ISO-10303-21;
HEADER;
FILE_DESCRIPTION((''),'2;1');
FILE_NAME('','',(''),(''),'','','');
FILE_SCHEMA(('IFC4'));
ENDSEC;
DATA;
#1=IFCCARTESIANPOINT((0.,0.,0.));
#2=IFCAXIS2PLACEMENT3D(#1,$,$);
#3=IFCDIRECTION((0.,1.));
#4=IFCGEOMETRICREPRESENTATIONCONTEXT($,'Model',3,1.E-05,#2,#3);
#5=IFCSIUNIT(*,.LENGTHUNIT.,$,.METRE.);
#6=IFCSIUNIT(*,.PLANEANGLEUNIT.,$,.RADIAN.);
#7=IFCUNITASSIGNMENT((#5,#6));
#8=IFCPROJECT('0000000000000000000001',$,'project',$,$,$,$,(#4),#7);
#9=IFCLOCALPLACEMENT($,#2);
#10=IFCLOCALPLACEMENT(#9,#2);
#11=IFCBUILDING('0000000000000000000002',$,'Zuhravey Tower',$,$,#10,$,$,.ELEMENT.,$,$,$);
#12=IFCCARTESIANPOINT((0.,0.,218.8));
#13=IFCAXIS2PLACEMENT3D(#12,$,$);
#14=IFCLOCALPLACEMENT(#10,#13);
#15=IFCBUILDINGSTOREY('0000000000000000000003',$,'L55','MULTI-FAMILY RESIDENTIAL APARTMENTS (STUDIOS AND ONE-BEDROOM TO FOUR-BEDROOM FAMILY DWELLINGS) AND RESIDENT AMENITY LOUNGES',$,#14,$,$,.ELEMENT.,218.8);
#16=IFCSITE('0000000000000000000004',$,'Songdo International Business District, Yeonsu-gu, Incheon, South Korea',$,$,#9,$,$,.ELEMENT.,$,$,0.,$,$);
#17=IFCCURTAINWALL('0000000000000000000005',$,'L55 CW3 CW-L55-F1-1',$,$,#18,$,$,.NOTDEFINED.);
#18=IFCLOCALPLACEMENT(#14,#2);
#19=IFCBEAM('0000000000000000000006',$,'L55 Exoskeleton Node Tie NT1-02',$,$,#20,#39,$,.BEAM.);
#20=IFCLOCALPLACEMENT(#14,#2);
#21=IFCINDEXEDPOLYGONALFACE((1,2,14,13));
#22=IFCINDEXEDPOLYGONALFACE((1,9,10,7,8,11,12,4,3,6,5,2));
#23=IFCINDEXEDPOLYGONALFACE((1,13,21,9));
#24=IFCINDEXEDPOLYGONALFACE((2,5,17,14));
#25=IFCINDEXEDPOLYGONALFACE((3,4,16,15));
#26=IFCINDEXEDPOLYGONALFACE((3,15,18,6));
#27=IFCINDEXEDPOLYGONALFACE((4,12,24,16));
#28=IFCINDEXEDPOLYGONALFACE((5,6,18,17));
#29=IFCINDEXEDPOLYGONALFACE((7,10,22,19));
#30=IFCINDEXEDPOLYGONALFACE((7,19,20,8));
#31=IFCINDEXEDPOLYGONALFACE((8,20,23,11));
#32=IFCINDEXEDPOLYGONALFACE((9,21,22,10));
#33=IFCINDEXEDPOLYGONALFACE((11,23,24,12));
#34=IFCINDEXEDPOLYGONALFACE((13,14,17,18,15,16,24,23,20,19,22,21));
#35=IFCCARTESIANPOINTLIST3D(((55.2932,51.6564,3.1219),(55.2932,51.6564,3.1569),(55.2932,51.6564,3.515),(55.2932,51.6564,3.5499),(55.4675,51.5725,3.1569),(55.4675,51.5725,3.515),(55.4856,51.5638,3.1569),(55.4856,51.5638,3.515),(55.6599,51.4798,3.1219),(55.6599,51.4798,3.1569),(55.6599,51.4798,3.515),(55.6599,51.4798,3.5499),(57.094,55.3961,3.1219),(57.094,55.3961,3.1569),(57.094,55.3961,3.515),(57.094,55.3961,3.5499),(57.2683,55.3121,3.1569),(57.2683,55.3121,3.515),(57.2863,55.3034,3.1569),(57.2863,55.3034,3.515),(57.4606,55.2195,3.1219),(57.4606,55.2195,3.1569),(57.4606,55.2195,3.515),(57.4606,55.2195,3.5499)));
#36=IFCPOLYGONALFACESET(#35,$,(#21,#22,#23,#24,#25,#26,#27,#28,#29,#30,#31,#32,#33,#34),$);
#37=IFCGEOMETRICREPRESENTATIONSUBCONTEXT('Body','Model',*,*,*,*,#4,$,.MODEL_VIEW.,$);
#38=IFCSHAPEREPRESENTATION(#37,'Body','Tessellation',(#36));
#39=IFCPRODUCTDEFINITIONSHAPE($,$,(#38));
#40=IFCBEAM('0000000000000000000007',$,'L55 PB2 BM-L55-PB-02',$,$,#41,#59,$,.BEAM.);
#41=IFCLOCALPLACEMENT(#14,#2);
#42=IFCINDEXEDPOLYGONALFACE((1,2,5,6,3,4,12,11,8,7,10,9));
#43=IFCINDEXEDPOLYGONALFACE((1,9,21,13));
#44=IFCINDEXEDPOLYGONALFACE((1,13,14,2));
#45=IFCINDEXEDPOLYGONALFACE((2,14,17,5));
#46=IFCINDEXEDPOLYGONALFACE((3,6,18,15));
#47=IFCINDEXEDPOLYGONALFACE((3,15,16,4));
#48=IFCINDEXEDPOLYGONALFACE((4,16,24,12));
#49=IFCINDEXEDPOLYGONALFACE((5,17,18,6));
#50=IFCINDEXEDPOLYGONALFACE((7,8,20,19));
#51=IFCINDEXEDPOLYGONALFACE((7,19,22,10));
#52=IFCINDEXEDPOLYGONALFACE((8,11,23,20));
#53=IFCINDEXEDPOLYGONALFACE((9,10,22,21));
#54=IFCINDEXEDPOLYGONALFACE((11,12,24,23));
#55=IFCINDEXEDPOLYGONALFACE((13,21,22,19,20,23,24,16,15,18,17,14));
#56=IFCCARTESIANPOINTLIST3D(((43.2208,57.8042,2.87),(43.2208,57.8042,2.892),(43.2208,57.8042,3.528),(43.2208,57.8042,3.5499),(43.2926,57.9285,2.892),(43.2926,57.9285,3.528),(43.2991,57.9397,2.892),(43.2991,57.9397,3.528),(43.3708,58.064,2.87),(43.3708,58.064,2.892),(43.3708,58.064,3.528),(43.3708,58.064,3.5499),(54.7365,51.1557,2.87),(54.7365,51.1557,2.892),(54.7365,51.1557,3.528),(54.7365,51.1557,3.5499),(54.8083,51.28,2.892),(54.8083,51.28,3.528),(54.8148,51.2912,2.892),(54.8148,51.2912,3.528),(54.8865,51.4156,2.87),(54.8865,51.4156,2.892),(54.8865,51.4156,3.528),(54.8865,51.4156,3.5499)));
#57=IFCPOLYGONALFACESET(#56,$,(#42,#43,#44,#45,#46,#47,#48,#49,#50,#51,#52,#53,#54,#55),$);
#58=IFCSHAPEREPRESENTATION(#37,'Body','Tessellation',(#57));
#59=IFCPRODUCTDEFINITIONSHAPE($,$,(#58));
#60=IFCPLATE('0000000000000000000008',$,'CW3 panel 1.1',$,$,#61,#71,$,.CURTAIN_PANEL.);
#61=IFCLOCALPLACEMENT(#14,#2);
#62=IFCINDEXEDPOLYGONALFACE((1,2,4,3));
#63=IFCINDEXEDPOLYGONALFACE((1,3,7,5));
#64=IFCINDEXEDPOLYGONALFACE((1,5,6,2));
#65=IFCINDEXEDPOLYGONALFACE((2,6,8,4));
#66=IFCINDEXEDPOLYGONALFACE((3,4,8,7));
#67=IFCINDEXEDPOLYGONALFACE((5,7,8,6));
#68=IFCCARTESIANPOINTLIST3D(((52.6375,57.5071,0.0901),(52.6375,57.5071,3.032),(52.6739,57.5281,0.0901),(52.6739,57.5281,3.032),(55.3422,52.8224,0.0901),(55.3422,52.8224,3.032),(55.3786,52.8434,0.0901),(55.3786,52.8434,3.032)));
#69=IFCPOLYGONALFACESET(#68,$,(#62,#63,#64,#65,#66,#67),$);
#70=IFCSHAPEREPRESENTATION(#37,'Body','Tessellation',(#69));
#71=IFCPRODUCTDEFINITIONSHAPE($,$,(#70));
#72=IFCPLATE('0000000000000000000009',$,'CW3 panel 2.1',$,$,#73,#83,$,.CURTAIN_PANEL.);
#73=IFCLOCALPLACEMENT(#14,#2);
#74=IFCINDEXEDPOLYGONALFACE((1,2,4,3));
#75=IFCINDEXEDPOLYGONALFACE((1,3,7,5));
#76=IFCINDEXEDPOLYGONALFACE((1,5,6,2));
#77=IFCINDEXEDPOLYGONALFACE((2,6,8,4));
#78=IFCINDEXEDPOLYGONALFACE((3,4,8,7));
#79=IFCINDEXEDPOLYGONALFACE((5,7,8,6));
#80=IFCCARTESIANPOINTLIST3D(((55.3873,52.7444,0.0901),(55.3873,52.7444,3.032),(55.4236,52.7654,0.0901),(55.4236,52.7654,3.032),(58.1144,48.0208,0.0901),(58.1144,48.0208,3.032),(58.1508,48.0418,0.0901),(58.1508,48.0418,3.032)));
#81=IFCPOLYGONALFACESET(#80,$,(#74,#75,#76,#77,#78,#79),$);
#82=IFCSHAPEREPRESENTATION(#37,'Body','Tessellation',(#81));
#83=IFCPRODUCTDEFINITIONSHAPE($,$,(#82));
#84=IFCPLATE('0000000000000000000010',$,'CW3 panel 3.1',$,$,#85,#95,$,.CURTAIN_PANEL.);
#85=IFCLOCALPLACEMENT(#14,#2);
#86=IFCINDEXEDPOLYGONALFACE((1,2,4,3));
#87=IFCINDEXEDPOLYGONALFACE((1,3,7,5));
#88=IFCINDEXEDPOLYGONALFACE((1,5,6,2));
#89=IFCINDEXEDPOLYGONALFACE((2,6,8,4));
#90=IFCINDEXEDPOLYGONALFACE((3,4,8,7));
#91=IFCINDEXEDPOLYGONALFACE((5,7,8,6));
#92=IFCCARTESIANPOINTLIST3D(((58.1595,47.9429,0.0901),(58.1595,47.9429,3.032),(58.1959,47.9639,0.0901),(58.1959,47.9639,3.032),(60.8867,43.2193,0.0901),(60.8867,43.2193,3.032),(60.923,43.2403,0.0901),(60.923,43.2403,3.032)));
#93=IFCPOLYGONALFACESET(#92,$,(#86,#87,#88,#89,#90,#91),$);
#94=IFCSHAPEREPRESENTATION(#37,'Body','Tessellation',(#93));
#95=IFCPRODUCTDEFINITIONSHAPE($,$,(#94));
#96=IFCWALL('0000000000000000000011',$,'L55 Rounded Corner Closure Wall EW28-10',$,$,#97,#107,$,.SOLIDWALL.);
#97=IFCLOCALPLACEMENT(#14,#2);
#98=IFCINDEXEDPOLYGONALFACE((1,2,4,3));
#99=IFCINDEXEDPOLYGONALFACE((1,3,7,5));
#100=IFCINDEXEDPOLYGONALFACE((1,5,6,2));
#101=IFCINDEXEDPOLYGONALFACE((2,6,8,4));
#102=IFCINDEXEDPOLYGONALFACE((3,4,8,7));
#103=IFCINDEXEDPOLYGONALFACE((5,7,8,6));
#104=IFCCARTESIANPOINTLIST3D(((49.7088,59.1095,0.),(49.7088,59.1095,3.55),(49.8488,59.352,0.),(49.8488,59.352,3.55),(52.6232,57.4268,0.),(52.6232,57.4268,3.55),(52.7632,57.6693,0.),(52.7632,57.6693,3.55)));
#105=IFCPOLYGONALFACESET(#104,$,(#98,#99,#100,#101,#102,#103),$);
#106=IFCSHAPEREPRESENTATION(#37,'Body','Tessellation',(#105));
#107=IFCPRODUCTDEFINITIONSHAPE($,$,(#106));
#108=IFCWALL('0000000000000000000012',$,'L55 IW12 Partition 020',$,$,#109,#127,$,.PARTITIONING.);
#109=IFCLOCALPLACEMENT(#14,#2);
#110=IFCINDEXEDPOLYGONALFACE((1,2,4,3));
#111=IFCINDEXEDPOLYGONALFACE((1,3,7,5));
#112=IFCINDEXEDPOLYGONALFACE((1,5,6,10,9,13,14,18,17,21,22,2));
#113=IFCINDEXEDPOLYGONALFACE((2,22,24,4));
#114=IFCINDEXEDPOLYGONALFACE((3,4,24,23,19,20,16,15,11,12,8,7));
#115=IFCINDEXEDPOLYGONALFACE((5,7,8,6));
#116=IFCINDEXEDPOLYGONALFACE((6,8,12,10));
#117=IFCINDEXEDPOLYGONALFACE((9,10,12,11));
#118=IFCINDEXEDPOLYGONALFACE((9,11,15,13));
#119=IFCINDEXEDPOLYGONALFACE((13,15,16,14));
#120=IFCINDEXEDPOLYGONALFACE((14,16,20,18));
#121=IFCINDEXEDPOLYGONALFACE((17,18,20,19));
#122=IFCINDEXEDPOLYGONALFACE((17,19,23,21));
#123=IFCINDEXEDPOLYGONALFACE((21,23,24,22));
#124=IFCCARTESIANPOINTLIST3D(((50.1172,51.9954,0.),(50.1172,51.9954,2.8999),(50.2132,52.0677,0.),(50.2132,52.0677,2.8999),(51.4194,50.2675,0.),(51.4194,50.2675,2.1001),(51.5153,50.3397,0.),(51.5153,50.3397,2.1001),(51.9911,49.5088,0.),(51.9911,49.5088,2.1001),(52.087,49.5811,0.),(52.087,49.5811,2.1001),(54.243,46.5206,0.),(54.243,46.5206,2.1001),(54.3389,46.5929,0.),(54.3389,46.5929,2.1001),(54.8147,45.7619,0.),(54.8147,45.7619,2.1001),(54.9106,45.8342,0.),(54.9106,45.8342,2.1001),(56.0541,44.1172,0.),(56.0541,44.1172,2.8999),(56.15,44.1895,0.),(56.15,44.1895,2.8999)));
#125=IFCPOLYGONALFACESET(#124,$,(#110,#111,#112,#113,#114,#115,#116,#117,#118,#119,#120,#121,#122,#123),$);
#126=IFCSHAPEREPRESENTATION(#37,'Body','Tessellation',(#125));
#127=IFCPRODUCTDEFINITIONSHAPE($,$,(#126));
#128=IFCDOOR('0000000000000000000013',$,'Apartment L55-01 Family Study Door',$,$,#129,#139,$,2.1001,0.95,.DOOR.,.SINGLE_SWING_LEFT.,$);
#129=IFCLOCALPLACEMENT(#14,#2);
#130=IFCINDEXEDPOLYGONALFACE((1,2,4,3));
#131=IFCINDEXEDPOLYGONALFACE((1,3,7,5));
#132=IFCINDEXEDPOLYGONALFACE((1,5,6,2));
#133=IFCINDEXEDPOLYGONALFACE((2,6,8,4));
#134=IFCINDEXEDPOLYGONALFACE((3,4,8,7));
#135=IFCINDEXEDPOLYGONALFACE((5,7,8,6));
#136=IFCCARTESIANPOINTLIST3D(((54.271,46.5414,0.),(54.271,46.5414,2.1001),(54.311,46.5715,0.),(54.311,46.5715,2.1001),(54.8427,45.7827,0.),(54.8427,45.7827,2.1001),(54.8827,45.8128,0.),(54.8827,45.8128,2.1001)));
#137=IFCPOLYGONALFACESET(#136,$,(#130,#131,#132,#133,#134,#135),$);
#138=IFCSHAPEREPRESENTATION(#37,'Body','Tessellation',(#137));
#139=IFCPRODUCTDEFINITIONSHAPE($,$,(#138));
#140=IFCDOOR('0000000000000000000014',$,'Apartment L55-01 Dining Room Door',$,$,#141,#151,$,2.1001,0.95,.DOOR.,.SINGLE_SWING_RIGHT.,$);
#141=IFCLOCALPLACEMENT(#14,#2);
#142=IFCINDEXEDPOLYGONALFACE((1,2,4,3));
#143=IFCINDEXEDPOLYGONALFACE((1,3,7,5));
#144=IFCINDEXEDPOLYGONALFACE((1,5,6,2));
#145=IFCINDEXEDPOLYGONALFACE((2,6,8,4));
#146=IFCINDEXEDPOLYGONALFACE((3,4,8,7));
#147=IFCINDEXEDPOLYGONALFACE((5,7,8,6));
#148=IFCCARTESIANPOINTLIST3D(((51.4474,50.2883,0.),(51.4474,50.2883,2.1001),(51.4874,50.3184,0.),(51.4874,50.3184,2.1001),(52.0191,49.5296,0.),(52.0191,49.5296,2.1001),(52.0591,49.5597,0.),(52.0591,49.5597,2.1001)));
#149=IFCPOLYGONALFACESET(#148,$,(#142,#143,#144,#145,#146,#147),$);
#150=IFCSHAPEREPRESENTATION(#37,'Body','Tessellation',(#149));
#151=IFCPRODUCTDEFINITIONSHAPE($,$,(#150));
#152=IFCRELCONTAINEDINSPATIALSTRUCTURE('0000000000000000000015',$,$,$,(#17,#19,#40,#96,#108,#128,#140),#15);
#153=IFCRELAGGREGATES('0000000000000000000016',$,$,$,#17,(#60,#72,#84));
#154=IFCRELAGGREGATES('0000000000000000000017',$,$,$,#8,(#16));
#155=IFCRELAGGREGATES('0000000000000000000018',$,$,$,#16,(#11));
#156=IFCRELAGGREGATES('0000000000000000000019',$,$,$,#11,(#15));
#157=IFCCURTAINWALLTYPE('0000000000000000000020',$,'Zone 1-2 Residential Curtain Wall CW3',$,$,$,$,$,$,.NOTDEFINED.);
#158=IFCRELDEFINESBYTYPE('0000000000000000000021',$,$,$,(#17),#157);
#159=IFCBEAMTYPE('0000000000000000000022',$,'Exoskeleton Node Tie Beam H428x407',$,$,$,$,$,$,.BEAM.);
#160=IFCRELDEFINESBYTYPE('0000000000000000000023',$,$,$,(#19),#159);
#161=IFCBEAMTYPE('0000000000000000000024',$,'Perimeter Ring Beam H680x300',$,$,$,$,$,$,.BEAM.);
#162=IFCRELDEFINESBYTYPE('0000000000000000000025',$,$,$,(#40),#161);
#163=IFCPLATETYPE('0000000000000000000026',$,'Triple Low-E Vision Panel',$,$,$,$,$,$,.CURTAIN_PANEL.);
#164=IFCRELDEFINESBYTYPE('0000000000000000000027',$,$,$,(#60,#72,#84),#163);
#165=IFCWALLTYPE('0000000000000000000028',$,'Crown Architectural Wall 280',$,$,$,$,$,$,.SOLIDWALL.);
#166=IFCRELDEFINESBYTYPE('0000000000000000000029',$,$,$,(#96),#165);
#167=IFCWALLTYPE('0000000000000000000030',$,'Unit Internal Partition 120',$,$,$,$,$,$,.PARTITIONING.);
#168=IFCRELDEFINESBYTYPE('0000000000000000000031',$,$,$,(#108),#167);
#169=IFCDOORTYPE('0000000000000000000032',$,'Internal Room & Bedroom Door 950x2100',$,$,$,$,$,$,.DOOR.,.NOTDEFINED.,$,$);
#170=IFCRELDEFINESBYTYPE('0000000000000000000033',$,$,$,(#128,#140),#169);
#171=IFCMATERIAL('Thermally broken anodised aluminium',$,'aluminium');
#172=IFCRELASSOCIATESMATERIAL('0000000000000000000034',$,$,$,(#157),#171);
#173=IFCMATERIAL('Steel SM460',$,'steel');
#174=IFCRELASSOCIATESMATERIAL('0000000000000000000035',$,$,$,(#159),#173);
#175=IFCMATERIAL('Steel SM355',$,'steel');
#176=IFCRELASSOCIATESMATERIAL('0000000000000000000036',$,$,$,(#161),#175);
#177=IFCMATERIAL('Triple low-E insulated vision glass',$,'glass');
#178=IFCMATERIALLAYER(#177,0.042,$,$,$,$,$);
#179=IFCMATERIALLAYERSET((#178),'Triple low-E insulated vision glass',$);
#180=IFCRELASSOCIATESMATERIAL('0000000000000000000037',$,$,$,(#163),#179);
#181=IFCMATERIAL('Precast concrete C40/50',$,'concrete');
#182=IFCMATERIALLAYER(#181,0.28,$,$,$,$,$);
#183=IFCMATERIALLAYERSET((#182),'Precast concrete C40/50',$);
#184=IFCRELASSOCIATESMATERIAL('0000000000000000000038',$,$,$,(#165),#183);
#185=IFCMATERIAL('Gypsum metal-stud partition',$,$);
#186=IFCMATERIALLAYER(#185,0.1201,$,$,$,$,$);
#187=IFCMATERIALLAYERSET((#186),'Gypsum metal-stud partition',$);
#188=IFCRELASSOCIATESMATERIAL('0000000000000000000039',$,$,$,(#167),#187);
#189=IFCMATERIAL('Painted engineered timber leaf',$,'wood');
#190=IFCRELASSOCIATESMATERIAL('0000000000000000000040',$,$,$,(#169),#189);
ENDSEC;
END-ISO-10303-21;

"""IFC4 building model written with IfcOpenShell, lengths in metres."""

from ifc_helpers import new_model, si_unit, direction, frame, frame_2d, origin, origin_2d, place, context, subcontext, project, spatial, rectangle, i_section, extrude, material, layer, layer_set, material_profile, profile_set, type_object, element, fill, aggregate, save


model = new_model("IFC4")

# Units and contexts
model_context = context("Model", 3, precision=1e-05, world=origin(), true_north=direction((0.0, 1.0)))
body_context = subcontext(model_context, "Body", "Model", "MODEL_VIEW")
ifc_project = project(units=[si_unit("LENGTHUNIT", "METRE"), si_unit("PLANEANGLEUNIT", "RADIAN")], contexts=[model_context])

# Site, building, storey
site_placement = place(None, origin())
site = spatial("IfcSite", under=ifc_project, at=site_placement, Name="Songdo International Business District, Yeonsu-gu, Incheon, South Korea", CompositionType="ELEMENT", RefElevation=0.0)
building_placement = place(site_placement, origin())
building = spatial("IfcBuilding", under=site, at=building_placement, Name="Zuhravey Tower", CompositionType="ELEMENT")
storey_placement = place(building_placement, frame((0.0, 0.0, 218.8)))
storey = spatial("IfcBuildingStorey", under=building, at=storey_placement, Name="L55", Description="MULTI-FAMILY RESIDENTIAL APARTMENTS (STUDIOS AND ONE-BEDROOM TO FOUR-BEDROOM FAMILY DWELLINGS) AND RESIDENT AMENITY LOUNGES", CompositionType="ELEMENT", Elevation=218.8)

# Shared definitions
ifc_material_1 = material(Name="Thermally broken anodised aluminium", Category="aluminium")
curtain_wall_type = type_object("IfcCurtainWallType", Name="Zone 1-2 Residential Curtain Wall CW3", PredefinedType="NOTDEFINED", material=ifc_material_1)

# Curtain wall
curtain_wall_1_placement = place(storey_placement, origin())
curtain_wall_1 = element("IfcCurtainWall", 1, at=curtain_wall_1_placement, inside=storey, type_object=curtain_wall_type, Name="L55 CW3 CW-L55-F1-1", PredefinedType="NOTDEFINED")

# Beams
ifc_material_2 = material(Name="Steel SM460", Category="steel")
ifc_material_profile_1 = material_profile(ifc_material_2, i_section(OverallWidth=0.407, OverallDepth=0.428, WebThickness=0.02, FlangeThickness=0.0349, at=origin_2d()), Name="H-428x407x20x35")
ifc_profile_set_1 = profile_set([ifc_material_profile_1], Name="Steel SM460")
beam_type_1 = type_object("IfcBeamType", Name="Exoskeleton Node Tie Beam H428x407", PredefinedType="BEAM", material=ifc_profile_set_1)
beam_1_placement = place(storey_placement, frame((55.4766, 51.5681, 3.3359), z_axis=(0.433847, 0.900986, 0.0), x_axis=(-0.900986, 0.433847, 0.0)))
element("IfcBeam", 2, at=beam_1_placement, inside=storey, type_object=beam_type_1, Name="L55 Exoskeleton Node Tie NT1-02", PredefinedType="BEAM", context=body_context, shape_type="SweptSolid", body=[
    extrude(i_section(OverallWidth=0.407, OverallDepth=0.428, WebThickness=0.02, FlangeThickness=0.0349, at=origin_2d()), origin(), (0.0, 0.0, 1.0), 4.1506),
])
ifc_material_3 = material(Name="Steel SM355", Category="steel")
ifc_material_profile_2 = material_profile(ifc_material_3, i_section(OverallWidth=0.3, OverallDepth=0.6799, WebThickness=0.0129, FlangeThickness=0.022, at=origin_2d()), Name="H-680x300x13x22")
ifc_profile_set_2 = profile_set([ifc_material_profile_2], Name="Steel SM355")
beam_type_2 = type_object("IfcBeamType", Name="Perimeter Ring Beam H680x300", PredefinedType="BEAM", material=ifc_profile_set_2)
beam_2_placement = place(storey_placement, frame((54.8115, 51.2856, 3.21), z_axis=(-0.866029, 0.499994, 0.0), x_axis=(-0.499994, -0.866029, 0.0)))
element("IfcBeam", 3, at=beam_2_placement, inside=storey, type_object=beam_type_2, Name="L55 PB2 BM-L55-PB-02", PredefinedType="BEAM", context=body_context, shape_type="SweptSolid", body=[
    extrude(i_section(OverallWidth=0.3, OverallDepth=0.6799, WebThickness=0.0129, FlangeThickness=0.022, at=origin_2d()), origin(), (0.0, 0.0, 1.0), 13.2971),
])

# Plates
ifc_material_4 = material(Name="Triple low-E insulated vision glass", Category="glass")
ifc_layer_1 = layer(ifc_material_4, 0.042)
ifc_layer_set_1 = layer_set([ifc_layer_1], Name="Triple low-E insulated vision glass")
plate_type = type_object("IfcPlateType", Name="Triple Low-E Vision Panel", PredefinedType="CURTAIN_PANEL", material=ifc_layer_set_1)
plate_1_placement = place(storey_placement, frame((54.0081, 55.1753, 0.0901), z_axis=(0.0, 0.0, 1.0), x_axis=(0.5, -0.866025, 0.0)))
plate_1 = element("IfcPlate", 4, at=plate_1_placement, type_object=plate_type, Name="CW3 panel 1.1", PredefinedType="CURTAIN_PANEL", context=body_context, shape_type="SweptSolid", body=[
    extrude(rectangle(XDim=5.4094, YDim=0.042, at=origin_2d()), origin(), (0.0, 0.0, 1.0), 2.9419),
])
plate_2_placement = place(storey_placement, frame((56.769, 50.3931, 0.0901), z_axis=(0.0, 0.0, 1.0), x_axis=(0.5, -0.866025, 0.0)))
plate_2 = element("IfcPlate", 5, at=plate_2_placement, type_object=plate_type, Name="CW3 panel 2.1", PredefinedType="CURTAIN_PANEL", context=body_context, shape_type="SweptSolid", body=[
    extrude(rectangle(XDim=5.4543, YDim=0.042, at=origin_2d()), origin(), (0.0, 0.0, 1.0), 2.9419),
])
plate_3_placement = place(storey_placement, frame((59.5413, 45.5916, 0.0901), z_axis=(0.0, 0.0, 1.0), x_axis=(0.5, -0.866025, 0.0)))
plate_3 = element("IfcPlate", 6, at=plate_3_placement, type_object=plate_type, Name="CW3 panel 3.1", PredefinedType="CURTAIN_PANEL", context=body_context, shape_type="SweptSolid", body=[
    extrude(rectangle(XDim=5.4543, YDim=0.042, at=origin_2d()), origin(), (0.0, 0.0, 1.0), 2.9419),
])
aggregate(curtain_wall_1, [plate_1, plate_2, plate_3])

# Wall
ifc_material_5 = material(Name="Precast concrete C40/50", Category="concrete")
ifc_layer_2 = layer(ifc_material_5, 0.28)
ifc_layer_set_2 = layer_set([ifc_layer_2], Name="Precast concrete C40/50")
wall_type_1 = type_object("IfcWallType", Name="Crown Architectural Wall 280", PredefinedType="SOLIDWALL", material=ifc_layer_set_2)
wall_1_placement = place(storey_placement, frame((49.7788, 59.2307, 0.0), z_axis=(0.0, 0.0, 1.0), x_axis=(0.86602, -0.500009, 0.0)))
element("IfcWall", 7, at=wall_1_placement, inside=storey, type_object=wall_type_1, Name="L55 Rounded Corner Closure Wall EW28-10", PredefinedType="SOLIDWALL", context=body_context, shape_type="SweptSolid", body=[
    extrude(rectangle(XDim=3.3652, YDim=0.28, at=frame_2d((1.6826, 0.0))), origin(), (0.0, 0.0, 1.0), 3.55),
])

# Wall, openings, doors
ifc_material_6 = material(Name="Gypsum metal-stud partition")
ifc_layer_3 = layer(ifc_material_6, 0.1201)
ifc_layer_set_3 = layer_set([ifc_layer_3], Name="Gypsum metal-stud partition")
wall_type_2 = type_object("IfcWallType", Name="Unit Internal Partition 120", PredefinedType="PARTITIONING", material=ifc_layer_set_3)
wall_2_placement = place(storey_placement, frame((56.1021, 44.1533, 0.0), z_axis=(0.0, 0.0, 1.0), x_axis=(-0.601824, 0.798629, 0.0)))
wall_2 = element("IfcWall", 8, at=wall_2_placement, inside=storey, type_object=wall_type_2, Name="L55 IW12 Partition 020", PredefinedType="PARTITIONING", context=body_context, shape_type="SweptSolid", body=[
    extrude(rectangle(XDim=9.8647, YDim=0.1201, at=frame_2d((4.9324, 0.0))), origin(), (0.0, 0.0, 1.0), 2.8999),
])
opening_1_placement = place(wall_2_placement, frame((2.0593, 0.0, 0.0)))
opening_1 = element("IfcOpeningElement", 9, at=opening_1_placement, cuts=wall_2, PredefinedType="OPENING", context=body_context, shape_type="SweptSolid", body=[
    extrude(rectangle(XDim=0.95, YDim=2.1001, at=frame_2d((0.4751, 1.05))), frame((0.0, 0.072, 0.0), z_axis=(0.0, -1.0, 0.0), x_axis=(1.0, 0.0, 0.0)), (0.0, 0.0, 1.0), 0.144),
])
opening_2_placement = place(wall_2_placement, frame((6.751, 0.0, 0.0)))
opening_2 = element("IfcOpeningElement", 10, at=opening_2_placement, cuts=wall_2, PredefinedType="OPENING", context=body_context, shape_type="SweptSolid", body=[
    extrude(rectangle(XDim=0.95, YDim=2.1001, at=frame_2d((0.4751, 1.05))), frame((0.0, 0.072, 0.0), z_axis=(0.0, -1.0, 0.0), x_axis=(1.0, 0.0, 0.0)), (0.0, 0.0, 1.0), 0.144),
])
ifc_material_7 = material(Name="Painted engineered timber leaf", Category="wood")
door_type_1 = type_object("IfcDoorType", Name="Internal Room & Bedroom Door 950x2100", OperationType="NOTDEFINED", PredefinedType="DOOR", material=ifc_material_7)
door_1_placement = place(opening_1_placement, frame((0.95, 0.0, 0.0), z_axis=(0.0, 0.0, 1.0), x_axis=(-1.0, 0.0, 0.0)))
door_1 = element("IfcDoor", 11, at=door_1_placement, inside=storey, type_object=door_type_1, Name="Apartment L55-01 Family Study Door", OperationType="SINGLE_SWING_LEFT", OverallHeight=2.1001, OverallWidth=0.95, PredefinedType="DOOR", context=body_context, shape_type="SweptSolid", body=[
    extrude(rectangle(XDim=0.95, YDim=2.1001, at=frame_2d((0.4751, 1.05))), frame((0.0, 0.0249, 0.0), z_axis=(0.0, -1.0, 0.0), x_axis=(1.0, 0.0, 0.0)), (0.0, 0.0, 1.0), 0.05),
])
fill(opening_1, door_1)
door_2_placement = place(opening_2_placement, frame((0.95, 0.0, 0.0), z_axis=(0.0, 0.0, 1.0), x_axis=(-1.0, 0.0, 0.0)))
door_2 = element("IfcDoor", 12, at=door_2_placement, inside=storey, type_object=door_type_1, Name="Apartment L55-01 Dining Room Door", OperationType="SINGLE_SWING_RIGHT", OverallHeight=2.1001, OverallWidth=0.95, PredefinedType="DOOR", context=body_context, shape_type="SweptSolid", body=[
    extrude(rectangle(XDim=0.95, YDim=2.1001, at=frame_2d((0.4751, 1.05))), frame((0.0, 0.0249, 0.0), z_axis=(0.0, -1.0, 0.0), x_axis=(1.0, 0.0, 0.0)), (0.0, 0.0, 1.0), 0.05),
])
fill(opening_2, door_2)

save(model, "model.ifc")
